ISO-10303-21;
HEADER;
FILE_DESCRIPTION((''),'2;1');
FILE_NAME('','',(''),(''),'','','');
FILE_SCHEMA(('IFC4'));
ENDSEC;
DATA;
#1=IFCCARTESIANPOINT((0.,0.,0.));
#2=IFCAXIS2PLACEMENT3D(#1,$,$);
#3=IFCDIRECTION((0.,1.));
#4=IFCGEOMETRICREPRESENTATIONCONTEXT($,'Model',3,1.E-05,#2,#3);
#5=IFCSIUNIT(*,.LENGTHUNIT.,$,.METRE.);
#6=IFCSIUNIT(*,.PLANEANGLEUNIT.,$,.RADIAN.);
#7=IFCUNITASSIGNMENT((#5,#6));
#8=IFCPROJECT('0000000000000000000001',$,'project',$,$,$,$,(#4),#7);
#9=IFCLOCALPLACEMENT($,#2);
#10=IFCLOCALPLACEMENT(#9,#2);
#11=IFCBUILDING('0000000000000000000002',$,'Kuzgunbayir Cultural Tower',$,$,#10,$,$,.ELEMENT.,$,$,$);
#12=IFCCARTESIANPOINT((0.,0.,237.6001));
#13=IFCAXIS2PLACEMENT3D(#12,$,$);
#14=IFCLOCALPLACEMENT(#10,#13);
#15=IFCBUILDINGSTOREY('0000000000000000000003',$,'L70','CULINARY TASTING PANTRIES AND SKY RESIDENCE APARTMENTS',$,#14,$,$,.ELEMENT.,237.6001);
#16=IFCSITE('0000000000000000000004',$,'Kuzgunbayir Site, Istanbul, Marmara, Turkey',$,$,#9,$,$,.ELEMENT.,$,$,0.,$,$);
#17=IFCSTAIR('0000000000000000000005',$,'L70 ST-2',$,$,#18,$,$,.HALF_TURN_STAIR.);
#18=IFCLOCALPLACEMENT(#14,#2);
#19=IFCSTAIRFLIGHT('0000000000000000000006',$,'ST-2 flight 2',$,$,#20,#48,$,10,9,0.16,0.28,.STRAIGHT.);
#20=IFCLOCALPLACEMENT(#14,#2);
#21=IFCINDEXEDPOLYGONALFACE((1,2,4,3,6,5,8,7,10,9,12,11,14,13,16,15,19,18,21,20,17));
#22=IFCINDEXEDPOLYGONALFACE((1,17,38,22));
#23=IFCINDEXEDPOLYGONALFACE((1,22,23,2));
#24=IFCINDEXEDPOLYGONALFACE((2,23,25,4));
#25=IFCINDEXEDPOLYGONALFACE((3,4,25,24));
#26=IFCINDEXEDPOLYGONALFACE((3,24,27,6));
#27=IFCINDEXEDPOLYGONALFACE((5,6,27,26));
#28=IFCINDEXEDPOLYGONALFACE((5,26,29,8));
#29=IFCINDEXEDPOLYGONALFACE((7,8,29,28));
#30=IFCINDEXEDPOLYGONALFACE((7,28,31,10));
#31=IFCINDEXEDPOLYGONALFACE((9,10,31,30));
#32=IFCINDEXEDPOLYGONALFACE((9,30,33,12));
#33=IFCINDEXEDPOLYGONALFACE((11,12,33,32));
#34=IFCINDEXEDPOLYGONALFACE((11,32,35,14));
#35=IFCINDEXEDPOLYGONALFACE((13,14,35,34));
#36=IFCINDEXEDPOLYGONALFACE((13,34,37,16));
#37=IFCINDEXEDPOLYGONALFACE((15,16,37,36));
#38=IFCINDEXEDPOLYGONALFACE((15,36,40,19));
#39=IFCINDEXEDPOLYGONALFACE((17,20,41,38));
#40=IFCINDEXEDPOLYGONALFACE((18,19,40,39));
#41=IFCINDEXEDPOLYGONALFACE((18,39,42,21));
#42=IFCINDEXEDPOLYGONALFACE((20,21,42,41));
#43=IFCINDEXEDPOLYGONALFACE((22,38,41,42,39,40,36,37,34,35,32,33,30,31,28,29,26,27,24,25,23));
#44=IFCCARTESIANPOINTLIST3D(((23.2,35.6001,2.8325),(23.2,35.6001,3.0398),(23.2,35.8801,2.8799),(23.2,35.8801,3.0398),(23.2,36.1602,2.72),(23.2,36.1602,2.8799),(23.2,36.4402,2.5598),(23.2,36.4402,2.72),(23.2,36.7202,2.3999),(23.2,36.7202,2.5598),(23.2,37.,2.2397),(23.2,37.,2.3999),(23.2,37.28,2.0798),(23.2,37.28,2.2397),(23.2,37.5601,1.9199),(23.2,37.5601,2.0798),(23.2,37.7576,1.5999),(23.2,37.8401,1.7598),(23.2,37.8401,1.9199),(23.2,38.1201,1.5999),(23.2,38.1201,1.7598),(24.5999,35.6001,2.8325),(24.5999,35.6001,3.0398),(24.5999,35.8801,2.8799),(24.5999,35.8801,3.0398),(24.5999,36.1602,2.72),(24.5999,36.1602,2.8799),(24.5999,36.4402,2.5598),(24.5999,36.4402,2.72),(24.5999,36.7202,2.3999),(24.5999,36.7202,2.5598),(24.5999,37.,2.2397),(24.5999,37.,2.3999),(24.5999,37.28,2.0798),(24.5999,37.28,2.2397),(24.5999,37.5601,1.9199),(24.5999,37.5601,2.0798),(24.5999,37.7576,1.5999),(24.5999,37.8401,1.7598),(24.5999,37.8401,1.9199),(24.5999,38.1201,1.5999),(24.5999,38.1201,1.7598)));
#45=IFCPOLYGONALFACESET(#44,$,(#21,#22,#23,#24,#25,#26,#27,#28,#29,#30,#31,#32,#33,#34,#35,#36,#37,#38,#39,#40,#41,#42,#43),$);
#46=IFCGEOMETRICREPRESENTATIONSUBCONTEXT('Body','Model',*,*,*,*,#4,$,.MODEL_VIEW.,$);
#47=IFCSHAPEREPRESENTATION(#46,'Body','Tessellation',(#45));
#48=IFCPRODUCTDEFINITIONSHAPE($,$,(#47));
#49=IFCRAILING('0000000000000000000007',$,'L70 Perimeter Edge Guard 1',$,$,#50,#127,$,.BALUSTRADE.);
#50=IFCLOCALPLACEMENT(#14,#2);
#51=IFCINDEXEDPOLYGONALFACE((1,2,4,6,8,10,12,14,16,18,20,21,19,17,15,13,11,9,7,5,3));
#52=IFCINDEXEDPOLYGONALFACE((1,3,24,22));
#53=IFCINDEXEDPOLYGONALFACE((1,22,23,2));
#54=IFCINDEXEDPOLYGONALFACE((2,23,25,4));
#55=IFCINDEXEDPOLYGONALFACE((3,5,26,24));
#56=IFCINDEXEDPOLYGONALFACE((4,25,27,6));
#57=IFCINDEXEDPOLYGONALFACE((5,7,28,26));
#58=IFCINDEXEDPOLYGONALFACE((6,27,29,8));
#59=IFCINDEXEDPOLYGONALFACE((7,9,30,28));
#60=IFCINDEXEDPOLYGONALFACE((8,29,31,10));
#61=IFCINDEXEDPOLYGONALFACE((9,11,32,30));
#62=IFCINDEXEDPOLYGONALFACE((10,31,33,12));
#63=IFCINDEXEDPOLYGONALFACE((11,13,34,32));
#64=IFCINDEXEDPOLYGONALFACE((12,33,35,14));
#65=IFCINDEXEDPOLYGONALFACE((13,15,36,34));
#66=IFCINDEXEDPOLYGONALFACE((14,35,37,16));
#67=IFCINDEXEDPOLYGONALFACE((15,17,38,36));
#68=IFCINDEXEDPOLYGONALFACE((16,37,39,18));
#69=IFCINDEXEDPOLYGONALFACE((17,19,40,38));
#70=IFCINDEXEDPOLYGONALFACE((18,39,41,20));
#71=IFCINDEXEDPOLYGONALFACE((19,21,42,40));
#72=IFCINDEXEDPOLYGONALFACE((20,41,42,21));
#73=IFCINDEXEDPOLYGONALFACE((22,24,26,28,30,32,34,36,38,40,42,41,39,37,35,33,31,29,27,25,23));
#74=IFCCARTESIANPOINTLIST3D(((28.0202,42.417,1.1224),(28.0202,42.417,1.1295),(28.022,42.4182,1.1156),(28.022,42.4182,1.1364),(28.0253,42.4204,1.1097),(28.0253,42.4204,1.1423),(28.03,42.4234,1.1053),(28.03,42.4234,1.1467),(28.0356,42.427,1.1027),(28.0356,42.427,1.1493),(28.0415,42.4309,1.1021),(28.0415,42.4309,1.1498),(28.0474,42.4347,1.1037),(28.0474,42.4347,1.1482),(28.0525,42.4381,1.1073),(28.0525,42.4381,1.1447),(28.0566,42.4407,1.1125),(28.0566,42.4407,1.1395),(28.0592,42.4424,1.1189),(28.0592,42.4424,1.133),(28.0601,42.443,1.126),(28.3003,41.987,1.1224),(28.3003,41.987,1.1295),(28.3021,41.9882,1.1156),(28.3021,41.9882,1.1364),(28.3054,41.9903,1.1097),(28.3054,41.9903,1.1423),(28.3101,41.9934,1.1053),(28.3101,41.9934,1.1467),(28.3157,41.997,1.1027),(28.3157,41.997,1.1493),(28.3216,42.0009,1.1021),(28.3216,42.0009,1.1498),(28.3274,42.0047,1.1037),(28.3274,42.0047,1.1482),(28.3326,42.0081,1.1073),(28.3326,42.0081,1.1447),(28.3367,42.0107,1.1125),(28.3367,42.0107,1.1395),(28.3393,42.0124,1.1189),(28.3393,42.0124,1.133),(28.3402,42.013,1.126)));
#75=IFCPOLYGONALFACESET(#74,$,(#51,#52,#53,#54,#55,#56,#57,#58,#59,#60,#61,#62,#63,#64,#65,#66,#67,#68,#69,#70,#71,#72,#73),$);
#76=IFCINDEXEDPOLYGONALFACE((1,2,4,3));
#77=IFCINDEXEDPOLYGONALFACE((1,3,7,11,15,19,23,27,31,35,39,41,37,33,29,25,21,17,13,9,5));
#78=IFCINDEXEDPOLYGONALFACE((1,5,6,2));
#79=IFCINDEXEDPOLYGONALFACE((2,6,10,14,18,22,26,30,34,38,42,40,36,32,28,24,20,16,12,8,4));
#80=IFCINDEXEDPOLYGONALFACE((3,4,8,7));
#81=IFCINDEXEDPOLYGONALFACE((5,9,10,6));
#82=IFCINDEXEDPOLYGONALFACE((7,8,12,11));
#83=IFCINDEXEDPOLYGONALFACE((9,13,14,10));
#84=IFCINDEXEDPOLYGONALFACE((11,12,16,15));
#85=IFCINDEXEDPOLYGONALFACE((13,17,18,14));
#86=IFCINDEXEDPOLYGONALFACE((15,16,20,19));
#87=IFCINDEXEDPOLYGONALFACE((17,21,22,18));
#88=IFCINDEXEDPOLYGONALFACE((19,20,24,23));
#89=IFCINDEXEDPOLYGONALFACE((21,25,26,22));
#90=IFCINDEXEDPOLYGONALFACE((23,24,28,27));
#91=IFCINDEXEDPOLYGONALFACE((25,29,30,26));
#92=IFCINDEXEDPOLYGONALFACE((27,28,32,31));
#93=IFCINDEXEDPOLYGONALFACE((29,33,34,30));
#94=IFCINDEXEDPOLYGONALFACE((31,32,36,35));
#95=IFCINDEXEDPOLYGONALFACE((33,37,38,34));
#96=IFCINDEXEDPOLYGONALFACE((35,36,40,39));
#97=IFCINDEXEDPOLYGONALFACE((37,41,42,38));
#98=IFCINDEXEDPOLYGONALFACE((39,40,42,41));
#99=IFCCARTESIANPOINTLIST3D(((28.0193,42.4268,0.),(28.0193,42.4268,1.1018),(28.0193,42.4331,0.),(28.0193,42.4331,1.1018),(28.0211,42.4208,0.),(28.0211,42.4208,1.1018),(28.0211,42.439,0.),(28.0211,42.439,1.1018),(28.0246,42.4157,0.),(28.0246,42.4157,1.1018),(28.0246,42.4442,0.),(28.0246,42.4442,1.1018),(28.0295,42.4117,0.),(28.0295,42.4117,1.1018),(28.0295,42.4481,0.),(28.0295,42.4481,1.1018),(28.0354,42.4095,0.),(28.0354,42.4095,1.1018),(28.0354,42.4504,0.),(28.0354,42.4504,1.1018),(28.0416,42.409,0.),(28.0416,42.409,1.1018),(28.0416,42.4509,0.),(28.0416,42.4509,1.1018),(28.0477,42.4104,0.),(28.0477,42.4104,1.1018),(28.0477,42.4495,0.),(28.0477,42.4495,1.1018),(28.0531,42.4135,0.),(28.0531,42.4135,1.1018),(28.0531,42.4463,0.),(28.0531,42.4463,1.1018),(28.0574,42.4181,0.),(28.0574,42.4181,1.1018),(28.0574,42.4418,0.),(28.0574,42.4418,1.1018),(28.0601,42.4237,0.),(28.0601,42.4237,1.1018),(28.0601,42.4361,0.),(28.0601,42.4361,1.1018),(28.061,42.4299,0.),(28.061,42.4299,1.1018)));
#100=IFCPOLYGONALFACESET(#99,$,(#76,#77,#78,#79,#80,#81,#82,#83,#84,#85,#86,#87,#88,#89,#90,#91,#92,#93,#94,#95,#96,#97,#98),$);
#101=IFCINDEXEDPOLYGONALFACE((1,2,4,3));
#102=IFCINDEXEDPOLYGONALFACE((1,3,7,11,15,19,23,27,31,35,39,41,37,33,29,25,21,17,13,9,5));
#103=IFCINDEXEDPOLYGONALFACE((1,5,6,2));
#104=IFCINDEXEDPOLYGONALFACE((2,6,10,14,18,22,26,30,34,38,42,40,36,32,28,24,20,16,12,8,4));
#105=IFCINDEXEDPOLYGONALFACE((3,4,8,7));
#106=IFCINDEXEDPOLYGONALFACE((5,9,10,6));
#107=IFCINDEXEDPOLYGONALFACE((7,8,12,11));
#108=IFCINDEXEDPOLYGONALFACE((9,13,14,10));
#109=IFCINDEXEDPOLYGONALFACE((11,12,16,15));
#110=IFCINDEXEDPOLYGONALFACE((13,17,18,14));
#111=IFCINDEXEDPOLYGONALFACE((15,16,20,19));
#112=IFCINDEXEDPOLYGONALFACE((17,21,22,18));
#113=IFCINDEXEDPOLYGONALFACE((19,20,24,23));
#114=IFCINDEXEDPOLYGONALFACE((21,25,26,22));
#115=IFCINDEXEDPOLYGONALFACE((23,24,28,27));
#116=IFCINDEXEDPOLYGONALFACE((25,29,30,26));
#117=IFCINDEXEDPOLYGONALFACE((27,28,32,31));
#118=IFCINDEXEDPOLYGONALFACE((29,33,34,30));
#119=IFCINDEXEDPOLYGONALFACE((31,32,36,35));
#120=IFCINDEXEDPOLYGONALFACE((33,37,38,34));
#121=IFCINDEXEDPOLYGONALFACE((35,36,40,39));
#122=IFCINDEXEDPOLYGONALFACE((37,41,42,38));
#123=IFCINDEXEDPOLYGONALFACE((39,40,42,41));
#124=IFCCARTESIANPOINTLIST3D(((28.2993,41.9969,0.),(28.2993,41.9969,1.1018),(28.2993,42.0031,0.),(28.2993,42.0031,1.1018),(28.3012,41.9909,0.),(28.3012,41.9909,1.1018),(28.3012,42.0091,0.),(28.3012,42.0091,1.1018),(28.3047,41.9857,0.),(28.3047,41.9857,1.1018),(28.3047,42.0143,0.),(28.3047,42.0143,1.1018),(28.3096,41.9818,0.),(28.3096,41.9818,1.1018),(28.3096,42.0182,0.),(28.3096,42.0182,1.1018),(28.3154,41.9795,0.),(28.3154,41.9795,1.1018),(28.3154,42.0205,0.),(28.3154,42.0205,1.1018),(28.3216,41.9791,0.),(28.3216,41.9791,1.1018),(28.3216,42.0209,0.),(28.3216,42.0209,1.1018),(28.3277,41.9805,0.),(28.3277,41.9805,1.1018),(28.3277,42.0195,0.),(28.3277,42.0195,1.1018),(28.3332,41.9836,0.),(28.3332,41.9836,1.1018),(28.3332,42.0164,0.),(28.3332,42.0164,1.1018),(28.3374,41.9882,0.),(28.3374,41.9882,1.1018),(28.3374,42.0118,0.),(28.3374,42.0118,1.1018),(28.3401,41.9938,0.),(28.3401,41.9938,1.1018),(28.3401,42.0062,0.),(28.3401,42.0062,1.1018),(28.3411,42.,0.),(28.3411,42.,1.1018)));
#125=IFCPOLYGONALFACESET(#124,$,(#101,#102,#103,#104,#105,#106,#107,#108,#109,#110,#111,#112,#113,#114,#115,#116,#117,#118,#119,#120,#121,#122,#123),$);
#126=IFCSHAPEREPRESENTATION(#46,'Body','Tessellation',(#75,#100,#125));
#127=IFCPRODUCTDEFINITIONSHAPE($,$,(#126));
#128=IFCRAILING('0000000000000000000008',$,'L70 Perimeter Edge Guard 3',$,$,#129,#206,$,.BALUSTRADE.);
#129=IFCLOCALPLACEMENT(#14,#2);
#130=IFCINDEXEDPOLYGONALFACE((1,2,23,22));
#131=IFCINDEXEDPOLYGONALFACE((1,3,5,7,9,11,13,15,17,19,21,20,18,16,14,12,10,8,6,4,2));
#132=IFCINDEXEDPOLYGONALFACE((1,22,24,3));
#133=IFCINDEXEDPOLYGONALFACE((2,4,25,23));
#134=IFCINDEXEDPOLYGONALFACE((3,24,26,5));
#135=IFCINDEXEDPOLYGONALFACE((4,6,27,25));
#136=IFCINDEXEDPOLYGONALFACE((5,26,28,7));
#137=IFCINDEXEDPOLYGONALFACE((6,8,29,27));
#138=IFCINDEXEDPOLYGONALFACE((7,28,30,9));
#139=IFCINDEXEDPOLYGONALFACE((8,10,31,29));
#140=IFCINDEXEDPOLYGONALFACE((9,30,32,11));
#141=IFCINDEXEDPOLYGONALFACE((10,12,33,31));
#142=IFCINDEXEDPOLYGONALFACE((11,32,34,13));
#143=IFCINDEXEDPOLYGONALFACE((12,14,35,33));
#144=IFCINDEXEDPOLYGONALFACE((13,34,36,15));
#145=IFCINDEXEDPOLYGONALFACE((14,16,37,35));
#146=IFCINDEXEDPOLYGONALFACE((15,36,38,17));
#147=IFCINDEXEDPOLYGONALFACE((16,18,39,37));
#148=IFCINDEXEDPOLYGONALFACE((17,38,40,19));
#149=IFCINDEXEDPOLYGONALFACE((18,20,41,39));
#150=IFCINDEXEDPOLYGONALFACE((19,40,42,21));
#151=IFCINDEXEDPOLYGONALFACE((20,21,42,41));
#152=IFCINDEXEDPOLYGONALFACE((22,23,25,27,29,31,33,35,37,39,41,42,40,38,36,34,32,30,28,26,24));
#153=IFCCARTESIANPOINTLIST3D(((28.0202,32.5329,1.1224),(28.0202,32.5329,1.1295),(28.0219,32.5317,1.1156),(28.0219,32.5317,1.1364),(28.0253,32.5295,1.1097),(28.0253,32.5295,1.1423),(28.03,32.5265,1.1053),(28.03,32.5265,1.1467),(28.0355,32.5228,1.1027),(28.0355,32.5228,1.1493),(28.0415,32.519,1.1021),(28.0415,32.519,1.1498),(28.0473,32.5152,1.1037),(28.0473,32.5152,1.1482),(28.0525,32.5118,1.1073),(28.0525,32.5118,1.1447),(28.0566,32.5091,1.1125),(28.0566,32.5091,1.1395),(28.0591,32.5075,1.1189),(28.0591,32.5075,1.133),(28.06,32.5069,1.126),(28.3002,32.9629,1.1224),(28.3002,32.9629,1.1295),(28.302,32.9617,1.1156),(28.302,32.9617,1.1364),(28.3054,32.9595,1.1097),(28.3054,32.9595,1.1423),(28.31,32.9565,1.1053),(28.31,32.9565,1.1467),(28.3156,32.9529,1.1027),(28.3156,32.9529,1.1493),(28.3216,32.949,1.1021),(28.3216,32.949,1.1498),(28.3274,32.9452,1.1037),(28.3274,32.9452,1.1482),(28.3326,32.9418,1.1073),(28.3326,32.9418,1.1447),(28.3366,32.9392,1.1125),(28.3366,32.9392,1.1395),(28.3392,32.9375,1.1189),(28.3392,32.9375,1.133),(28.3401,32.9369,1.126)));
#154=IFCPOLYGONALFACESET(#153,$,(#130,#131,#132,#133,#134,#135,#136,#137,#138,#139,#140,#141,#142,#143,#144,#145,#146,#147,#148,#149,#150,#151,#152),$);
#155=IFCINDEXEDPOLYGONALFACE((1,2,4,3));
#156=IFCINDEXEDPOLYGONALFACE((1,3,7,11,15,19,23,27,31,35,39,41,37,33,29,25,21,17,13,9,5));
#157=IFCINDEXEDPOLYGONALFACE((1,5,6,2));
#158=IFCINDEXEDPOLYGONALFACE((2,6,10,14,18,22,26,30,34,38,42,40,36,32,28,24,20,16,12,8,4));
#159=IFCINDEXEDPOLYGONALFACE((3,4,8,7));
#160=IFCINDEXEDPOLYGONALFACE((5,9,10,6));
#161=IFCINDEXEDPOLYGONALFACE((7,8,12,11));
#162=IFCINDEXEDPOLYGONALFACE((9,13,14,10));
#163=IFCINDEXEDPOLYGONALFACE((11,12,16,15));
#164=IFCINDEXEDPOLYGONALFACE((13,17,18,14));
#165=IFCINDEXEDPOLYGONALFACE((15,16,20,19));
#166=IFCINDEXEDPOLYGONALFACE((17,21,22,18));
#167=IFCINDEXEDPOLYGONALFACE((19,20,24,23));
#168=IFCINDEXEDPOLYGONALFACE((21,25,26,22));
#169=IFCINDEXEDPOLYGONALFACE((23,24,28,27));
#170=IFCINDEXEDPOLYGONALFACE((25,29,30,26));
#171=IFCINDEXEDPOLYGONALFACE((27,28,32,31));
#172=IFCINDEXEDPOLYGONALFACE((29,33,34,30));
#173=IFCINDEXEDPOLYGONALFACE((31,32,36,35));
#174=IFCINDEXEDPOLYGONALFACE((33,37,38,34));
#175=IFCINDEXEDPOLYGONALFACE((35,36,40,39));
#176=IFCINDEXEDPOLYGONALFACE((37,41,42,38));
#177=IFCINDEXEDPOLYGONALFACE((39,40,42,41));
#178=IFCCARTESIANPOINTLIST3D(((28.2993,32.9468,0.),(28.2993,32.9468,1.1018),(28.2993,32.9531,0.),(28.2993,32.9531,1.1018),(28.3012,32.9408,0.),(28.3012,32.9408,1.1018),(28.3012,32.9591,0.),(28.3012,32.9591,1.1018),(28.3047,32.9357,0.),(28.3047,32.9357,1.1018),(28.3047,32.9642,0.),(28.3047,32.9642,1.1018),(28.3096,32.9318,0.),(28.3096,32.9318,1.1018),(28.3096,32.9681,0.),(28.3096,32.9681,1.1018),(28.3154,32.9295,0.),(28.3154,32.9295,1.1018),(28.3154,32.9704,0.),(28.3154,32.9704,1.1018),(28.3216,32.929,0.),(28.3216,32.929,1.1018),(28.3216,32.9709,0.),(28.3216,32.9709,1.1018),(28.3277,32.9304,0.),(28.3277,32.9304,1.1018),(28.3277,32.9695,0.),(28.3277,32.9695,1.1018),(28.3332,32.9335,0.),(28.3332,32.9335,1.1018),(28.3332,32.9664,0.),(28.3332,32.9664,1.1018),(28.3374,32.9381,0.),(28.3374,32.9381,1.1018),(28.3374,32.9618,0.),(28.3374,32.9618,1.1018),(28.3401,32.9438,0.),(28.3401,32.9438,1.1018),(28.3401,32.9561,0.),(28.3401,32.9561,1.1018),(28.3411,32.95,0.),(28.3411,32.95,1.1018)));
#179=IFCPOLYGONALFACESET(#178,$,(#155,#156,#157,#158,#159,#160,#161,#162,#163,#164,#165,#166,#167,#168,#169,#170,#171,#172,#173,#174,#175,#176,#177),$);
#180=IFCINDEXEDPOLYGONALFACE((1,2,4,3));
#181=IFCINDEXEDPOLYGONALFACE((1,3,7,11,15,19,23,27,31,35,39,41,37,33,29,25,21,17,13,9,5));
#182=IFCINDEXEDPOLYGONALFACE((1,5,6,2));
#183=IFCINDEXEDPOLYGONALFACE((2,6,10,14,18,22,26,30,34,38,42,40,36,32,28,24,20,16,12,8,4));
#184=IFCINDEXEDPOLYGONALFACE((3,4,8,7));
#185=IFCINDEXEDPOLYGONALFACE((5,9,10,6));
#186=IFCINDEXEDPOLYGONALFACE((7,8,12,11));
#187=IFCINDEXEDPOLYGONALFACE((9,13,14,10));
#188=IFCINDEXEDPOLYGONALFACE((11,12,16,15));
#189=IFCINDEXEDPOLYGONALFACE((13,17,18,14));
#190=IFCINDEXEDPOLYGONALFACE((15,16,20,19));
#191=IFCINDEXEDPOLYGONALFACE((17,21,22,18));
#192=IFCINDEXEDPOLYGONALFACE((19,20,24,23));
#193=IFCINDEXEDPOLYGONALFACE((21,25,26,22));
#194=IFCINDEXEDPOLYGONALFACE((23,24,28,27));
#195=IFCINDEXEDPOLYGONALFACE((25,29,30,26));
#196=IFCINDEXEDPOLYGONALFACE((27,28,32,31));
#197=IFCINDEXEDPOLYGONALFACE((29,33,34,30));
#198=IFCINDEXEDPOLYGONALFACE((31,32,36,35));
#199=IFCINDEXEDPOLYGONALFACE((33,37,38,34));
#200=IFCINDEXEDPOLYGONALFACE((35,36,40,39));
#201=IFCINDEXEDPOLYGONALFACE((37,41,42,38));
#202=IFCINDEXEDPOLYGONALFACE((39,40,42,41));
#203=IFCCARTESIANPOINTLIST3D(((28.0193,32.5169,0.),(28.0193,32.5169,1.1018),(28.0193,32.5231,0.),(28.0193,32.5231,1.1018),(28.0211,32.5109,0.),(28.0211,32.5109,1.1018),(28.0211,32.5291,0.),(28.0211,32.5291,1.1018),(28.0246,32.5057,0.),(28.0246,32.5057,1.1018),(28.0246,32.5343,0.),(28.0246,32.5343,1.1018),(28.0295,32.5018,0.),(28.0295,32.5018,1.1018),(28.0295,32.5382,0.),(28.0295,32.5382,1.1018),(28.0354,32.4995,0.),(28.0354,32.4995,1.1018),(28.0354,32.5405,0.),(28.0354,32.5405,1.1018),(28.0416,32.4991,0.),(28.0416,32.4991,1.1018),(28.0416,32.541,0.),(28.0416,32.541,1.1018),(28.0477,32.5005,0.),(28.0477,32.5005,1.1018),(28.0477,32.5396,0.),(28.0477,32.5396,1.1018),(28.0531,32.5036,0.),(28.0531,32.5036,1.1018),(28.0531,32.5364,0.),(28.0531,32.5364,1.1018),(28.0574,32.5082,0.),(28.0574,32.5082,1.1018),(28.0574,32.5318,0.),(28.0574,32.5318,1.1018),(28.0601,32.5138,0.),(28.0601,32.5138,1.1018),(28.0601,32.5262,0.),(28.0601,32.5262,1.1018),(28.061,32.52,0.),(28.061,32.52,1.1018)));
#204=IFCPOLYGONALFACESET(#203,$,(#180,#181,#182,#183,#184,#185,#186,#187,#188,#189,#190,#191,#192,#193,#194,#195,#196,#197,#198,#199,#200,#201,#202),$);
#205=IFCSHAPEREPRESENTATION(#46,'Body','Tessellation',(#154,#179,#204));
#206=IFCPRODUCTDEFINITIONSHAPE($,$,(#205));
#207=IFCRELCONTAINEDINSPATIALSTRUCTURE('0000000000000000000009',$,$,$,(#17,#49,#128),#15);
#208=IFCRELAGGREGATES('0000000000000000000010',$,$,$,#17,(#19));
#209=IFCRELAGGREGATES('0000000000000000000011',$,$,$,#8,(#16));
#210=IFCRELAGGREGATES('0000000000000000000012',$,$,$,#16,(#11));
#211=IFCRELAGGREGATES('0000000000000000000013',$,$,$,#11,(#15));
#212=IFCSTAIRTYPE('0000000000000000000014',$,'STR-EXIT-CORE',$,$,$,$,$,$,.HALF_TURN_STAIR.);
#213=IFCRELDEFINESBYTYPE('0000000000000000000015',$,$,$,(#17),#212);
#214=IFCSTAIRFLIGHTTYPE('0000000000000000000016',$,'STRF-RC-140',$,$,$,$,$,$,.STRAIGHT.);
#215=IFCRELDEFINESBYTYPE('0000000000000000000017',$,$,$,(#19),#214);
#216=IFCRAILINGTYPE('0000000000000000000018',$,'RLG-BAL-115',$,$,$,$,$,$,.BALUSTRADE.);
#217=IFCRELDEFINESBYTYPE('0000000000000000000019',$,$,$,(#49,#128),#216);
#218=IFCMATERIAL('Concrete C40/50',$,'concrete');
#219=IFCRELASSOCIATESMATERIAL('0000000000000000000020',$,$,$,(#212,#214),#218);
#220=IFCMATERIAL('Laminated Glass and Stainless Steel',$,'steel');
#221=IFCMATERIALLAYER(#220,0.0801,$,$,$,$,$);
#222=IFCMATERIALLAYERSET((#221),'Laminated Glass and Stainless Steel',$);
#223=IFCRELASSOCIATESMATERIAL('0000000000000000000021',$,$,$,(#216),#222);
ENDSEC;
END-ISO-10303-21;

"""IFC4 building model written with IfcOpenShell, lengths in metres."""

from ifc_helpers import new_model, si_unit, direction, frame, origin, origin_2d, place, context, subcontext, project, spatial, polyline, circle, outline, extrude, material, layer, layer_set, type_object, element, aggregate, save


model = new_model("IFC4")

# Units and contexts
model_context = context("Model", 3, precision=1e-05, world=origin(), true_north=direction((0.0, 1.0)))
body_context = subcontext(model_context, "Body", "Model", "MODEL_VIEW")
ifc_project = project(units=[si_unit("LENGTHUNIT", "METRE"), si_unit("PLANEANGLEUNIT", "RADIAN")], contexts=[model_context])

# Site, building, storey
site_placement = place(None, origin())
site = spatial("IfcSite", under=ifc_project, at=site_placement, Name="Kuzgunbayir Site, Istanbul, Marmara, Turkey", CompositionType="ELEMENT", RefElevation=0.0)
building_placement = place(site_placement, origin())
building = spatial("IfcBuilding", under=site, at=building_placement, Name="Kuzgunbayir Cultural Tower", CompositionType="ELEMENT")
storey_placement = place(building_placement, frame((0.0, 0.0, 237.6001)))
storey = spatial("IfcBuildingStorey", under=building, at=storey_placement, Name="L70", Description="CULINARY TASTING PANTRIES AND SKY RESIDENCE APARTMENTS", CompositionType="ELEMENT", Elevation=237.6001)

# Shared definitions
ifc_material_1 = material(Name="Concrete C40/50", Category="concrete")

# Stair, stair flight
stair_type = type_object("IfcStairType", Name="STR-EXIT-CORE", PredefinedType="HALF_TURN_STAIR", material=ifc_material_1)
stair_placement = place(storey_placement, origin())
stair = element("IfcStair", 1, at=stair_placement, inside=storey, type_object=stair_type, Name="L70 ST-2", PredefinedType="HALF_TURN_STAIR")
stair_flight_type = type_object("IfcStairFlightType", Name="STRF-RC-140", PredefinedType="STRAIGHT", material=ifc_material_1)
stair_flight_1_placement = place(storey_placement, frame((23.8999, 38.1201, 1.5999), z_axis=(0.0, 0.0, 1.0), x_axis=(0.0, -1.0, 0.0)))
stair_flight_1 = element("IfcStairFlight", 2, at=stair_flight_1_placement, type_object=stair_flight_type, Name="ST-2 flight 2", NumberOfRisers=10, NumberOfTreads=9, PredefinedType="STRAIGHT", RiserHeight=0.16, TreadLength=0.28, context=body_context, shape_type="SweptSolid", body=[
    extrude(outline(polyline([(0.0, 0.0), (0.0, 0.1599), (0.28, 0.1599), (0.28, 0.3201), (0.5601, 0.3201), (0.5601, 0.48), (0.8401, 0.48), (0.8401, 0.6399), (1.1201, 0.6399), (1.1201, 0.8), (1.3999, 0.8), (1.3999, 0.96), (1.6799, 0.96), (1.6799, 1.1201), (1.96, 1.1201), (1.96, 1.28), (2.24, 1.28), (2.24, 1.4399), (2.52, 1.4399), (2.52, 1.6001), (2.52, 1.2327), (0.3625, 0.0), (0.0, 0.0)])), frame((0.0, 0.7, 0.0), z_axis=(0.0, -1.0, 0.0), x_axis=(1.0, 0.0, 0.0)), (0.0, 0.0, 1.0), 1.3999),
])
aggregate(stair, [stair_flight_1])

# Railings
ifc_material_2 = material(Name="Laminated Glass and Stainless Steel", Category="steel")
ifc_layer_1 = layer(ifc_material_2, 0.0801)
ifc_layer_set_1 = layer_set([ifc_layer_1], Name="Laminated Glass and Stainless Steel")
railing_type_1 = type_object("IfcRailingType", Name="RLG-BAL-115", PredefinedType="BALUSTRADE", material=ifc_layer_set_1)
railing_1_placement = place(storey_placement, frame((28.04, 42.4299, 0.0)))
element("IfcRailing", 3, at=railing_1_placement, inside=storey, type_object=railing_type_1, Name="L70 Perimeter Edge Guard 1", PredefinedType="BALUSTRADE", context=body_context, shape_type="SweptSolid", body=[
    extrude(circle(Radius=0.0239, at=origin_2d()), frame((0.0, 0.0, 1.126), z_axis=(0.545774, -0.837932, 0.0), x_axis=(0.837932, 0.545774, 0.0)), (0.0, 0.0, 1.0), 0.5132),
    extrude(circle(Radius=0.021, at=origin_2d()), origin(), (0.0, 0.0, 1.0), 1.1018),
    extrude(circle(Radius=0.021, at=origin_2d()), frame((0.28, -0.4299, 0.0)), (0.0, 0.0, 1.0), 1.1018),
])
railing_2_placement = place(storey_placement, frame((28.3201, 32.95, 0.0)))
element("IfcRailing", 4, at=railing_2_placement, inside=storey, type_object=railing_type_1, Name="L70 Perimeter Edge Guard 3", PredefinedType="BALUSTRADE", context=body_context, shape_type="SweptSolid", body=[
    extrude(circle(Radius=0.0239, at=origin_2d()), frame((0.0, 0.0, 1.126), z_axis=(-0.545774, -0.837932, 0.0), x_axis=(0.837932, -0.545774, 0.0)), (0.0, 0.0, 1.0), 0.5132),
    extrude(circle(Radius=0.021, at=origin_2d()), origin(), (0.0, 0.0, 1.0), 1.1018),
    extrude(circle(Radius=0.021, at=origin_2d()), frame((-0.28, -0.4299, 0.0)), (0.0, 0.0, 1.0), 1.1018),
])

save(model, "model.ifc")
